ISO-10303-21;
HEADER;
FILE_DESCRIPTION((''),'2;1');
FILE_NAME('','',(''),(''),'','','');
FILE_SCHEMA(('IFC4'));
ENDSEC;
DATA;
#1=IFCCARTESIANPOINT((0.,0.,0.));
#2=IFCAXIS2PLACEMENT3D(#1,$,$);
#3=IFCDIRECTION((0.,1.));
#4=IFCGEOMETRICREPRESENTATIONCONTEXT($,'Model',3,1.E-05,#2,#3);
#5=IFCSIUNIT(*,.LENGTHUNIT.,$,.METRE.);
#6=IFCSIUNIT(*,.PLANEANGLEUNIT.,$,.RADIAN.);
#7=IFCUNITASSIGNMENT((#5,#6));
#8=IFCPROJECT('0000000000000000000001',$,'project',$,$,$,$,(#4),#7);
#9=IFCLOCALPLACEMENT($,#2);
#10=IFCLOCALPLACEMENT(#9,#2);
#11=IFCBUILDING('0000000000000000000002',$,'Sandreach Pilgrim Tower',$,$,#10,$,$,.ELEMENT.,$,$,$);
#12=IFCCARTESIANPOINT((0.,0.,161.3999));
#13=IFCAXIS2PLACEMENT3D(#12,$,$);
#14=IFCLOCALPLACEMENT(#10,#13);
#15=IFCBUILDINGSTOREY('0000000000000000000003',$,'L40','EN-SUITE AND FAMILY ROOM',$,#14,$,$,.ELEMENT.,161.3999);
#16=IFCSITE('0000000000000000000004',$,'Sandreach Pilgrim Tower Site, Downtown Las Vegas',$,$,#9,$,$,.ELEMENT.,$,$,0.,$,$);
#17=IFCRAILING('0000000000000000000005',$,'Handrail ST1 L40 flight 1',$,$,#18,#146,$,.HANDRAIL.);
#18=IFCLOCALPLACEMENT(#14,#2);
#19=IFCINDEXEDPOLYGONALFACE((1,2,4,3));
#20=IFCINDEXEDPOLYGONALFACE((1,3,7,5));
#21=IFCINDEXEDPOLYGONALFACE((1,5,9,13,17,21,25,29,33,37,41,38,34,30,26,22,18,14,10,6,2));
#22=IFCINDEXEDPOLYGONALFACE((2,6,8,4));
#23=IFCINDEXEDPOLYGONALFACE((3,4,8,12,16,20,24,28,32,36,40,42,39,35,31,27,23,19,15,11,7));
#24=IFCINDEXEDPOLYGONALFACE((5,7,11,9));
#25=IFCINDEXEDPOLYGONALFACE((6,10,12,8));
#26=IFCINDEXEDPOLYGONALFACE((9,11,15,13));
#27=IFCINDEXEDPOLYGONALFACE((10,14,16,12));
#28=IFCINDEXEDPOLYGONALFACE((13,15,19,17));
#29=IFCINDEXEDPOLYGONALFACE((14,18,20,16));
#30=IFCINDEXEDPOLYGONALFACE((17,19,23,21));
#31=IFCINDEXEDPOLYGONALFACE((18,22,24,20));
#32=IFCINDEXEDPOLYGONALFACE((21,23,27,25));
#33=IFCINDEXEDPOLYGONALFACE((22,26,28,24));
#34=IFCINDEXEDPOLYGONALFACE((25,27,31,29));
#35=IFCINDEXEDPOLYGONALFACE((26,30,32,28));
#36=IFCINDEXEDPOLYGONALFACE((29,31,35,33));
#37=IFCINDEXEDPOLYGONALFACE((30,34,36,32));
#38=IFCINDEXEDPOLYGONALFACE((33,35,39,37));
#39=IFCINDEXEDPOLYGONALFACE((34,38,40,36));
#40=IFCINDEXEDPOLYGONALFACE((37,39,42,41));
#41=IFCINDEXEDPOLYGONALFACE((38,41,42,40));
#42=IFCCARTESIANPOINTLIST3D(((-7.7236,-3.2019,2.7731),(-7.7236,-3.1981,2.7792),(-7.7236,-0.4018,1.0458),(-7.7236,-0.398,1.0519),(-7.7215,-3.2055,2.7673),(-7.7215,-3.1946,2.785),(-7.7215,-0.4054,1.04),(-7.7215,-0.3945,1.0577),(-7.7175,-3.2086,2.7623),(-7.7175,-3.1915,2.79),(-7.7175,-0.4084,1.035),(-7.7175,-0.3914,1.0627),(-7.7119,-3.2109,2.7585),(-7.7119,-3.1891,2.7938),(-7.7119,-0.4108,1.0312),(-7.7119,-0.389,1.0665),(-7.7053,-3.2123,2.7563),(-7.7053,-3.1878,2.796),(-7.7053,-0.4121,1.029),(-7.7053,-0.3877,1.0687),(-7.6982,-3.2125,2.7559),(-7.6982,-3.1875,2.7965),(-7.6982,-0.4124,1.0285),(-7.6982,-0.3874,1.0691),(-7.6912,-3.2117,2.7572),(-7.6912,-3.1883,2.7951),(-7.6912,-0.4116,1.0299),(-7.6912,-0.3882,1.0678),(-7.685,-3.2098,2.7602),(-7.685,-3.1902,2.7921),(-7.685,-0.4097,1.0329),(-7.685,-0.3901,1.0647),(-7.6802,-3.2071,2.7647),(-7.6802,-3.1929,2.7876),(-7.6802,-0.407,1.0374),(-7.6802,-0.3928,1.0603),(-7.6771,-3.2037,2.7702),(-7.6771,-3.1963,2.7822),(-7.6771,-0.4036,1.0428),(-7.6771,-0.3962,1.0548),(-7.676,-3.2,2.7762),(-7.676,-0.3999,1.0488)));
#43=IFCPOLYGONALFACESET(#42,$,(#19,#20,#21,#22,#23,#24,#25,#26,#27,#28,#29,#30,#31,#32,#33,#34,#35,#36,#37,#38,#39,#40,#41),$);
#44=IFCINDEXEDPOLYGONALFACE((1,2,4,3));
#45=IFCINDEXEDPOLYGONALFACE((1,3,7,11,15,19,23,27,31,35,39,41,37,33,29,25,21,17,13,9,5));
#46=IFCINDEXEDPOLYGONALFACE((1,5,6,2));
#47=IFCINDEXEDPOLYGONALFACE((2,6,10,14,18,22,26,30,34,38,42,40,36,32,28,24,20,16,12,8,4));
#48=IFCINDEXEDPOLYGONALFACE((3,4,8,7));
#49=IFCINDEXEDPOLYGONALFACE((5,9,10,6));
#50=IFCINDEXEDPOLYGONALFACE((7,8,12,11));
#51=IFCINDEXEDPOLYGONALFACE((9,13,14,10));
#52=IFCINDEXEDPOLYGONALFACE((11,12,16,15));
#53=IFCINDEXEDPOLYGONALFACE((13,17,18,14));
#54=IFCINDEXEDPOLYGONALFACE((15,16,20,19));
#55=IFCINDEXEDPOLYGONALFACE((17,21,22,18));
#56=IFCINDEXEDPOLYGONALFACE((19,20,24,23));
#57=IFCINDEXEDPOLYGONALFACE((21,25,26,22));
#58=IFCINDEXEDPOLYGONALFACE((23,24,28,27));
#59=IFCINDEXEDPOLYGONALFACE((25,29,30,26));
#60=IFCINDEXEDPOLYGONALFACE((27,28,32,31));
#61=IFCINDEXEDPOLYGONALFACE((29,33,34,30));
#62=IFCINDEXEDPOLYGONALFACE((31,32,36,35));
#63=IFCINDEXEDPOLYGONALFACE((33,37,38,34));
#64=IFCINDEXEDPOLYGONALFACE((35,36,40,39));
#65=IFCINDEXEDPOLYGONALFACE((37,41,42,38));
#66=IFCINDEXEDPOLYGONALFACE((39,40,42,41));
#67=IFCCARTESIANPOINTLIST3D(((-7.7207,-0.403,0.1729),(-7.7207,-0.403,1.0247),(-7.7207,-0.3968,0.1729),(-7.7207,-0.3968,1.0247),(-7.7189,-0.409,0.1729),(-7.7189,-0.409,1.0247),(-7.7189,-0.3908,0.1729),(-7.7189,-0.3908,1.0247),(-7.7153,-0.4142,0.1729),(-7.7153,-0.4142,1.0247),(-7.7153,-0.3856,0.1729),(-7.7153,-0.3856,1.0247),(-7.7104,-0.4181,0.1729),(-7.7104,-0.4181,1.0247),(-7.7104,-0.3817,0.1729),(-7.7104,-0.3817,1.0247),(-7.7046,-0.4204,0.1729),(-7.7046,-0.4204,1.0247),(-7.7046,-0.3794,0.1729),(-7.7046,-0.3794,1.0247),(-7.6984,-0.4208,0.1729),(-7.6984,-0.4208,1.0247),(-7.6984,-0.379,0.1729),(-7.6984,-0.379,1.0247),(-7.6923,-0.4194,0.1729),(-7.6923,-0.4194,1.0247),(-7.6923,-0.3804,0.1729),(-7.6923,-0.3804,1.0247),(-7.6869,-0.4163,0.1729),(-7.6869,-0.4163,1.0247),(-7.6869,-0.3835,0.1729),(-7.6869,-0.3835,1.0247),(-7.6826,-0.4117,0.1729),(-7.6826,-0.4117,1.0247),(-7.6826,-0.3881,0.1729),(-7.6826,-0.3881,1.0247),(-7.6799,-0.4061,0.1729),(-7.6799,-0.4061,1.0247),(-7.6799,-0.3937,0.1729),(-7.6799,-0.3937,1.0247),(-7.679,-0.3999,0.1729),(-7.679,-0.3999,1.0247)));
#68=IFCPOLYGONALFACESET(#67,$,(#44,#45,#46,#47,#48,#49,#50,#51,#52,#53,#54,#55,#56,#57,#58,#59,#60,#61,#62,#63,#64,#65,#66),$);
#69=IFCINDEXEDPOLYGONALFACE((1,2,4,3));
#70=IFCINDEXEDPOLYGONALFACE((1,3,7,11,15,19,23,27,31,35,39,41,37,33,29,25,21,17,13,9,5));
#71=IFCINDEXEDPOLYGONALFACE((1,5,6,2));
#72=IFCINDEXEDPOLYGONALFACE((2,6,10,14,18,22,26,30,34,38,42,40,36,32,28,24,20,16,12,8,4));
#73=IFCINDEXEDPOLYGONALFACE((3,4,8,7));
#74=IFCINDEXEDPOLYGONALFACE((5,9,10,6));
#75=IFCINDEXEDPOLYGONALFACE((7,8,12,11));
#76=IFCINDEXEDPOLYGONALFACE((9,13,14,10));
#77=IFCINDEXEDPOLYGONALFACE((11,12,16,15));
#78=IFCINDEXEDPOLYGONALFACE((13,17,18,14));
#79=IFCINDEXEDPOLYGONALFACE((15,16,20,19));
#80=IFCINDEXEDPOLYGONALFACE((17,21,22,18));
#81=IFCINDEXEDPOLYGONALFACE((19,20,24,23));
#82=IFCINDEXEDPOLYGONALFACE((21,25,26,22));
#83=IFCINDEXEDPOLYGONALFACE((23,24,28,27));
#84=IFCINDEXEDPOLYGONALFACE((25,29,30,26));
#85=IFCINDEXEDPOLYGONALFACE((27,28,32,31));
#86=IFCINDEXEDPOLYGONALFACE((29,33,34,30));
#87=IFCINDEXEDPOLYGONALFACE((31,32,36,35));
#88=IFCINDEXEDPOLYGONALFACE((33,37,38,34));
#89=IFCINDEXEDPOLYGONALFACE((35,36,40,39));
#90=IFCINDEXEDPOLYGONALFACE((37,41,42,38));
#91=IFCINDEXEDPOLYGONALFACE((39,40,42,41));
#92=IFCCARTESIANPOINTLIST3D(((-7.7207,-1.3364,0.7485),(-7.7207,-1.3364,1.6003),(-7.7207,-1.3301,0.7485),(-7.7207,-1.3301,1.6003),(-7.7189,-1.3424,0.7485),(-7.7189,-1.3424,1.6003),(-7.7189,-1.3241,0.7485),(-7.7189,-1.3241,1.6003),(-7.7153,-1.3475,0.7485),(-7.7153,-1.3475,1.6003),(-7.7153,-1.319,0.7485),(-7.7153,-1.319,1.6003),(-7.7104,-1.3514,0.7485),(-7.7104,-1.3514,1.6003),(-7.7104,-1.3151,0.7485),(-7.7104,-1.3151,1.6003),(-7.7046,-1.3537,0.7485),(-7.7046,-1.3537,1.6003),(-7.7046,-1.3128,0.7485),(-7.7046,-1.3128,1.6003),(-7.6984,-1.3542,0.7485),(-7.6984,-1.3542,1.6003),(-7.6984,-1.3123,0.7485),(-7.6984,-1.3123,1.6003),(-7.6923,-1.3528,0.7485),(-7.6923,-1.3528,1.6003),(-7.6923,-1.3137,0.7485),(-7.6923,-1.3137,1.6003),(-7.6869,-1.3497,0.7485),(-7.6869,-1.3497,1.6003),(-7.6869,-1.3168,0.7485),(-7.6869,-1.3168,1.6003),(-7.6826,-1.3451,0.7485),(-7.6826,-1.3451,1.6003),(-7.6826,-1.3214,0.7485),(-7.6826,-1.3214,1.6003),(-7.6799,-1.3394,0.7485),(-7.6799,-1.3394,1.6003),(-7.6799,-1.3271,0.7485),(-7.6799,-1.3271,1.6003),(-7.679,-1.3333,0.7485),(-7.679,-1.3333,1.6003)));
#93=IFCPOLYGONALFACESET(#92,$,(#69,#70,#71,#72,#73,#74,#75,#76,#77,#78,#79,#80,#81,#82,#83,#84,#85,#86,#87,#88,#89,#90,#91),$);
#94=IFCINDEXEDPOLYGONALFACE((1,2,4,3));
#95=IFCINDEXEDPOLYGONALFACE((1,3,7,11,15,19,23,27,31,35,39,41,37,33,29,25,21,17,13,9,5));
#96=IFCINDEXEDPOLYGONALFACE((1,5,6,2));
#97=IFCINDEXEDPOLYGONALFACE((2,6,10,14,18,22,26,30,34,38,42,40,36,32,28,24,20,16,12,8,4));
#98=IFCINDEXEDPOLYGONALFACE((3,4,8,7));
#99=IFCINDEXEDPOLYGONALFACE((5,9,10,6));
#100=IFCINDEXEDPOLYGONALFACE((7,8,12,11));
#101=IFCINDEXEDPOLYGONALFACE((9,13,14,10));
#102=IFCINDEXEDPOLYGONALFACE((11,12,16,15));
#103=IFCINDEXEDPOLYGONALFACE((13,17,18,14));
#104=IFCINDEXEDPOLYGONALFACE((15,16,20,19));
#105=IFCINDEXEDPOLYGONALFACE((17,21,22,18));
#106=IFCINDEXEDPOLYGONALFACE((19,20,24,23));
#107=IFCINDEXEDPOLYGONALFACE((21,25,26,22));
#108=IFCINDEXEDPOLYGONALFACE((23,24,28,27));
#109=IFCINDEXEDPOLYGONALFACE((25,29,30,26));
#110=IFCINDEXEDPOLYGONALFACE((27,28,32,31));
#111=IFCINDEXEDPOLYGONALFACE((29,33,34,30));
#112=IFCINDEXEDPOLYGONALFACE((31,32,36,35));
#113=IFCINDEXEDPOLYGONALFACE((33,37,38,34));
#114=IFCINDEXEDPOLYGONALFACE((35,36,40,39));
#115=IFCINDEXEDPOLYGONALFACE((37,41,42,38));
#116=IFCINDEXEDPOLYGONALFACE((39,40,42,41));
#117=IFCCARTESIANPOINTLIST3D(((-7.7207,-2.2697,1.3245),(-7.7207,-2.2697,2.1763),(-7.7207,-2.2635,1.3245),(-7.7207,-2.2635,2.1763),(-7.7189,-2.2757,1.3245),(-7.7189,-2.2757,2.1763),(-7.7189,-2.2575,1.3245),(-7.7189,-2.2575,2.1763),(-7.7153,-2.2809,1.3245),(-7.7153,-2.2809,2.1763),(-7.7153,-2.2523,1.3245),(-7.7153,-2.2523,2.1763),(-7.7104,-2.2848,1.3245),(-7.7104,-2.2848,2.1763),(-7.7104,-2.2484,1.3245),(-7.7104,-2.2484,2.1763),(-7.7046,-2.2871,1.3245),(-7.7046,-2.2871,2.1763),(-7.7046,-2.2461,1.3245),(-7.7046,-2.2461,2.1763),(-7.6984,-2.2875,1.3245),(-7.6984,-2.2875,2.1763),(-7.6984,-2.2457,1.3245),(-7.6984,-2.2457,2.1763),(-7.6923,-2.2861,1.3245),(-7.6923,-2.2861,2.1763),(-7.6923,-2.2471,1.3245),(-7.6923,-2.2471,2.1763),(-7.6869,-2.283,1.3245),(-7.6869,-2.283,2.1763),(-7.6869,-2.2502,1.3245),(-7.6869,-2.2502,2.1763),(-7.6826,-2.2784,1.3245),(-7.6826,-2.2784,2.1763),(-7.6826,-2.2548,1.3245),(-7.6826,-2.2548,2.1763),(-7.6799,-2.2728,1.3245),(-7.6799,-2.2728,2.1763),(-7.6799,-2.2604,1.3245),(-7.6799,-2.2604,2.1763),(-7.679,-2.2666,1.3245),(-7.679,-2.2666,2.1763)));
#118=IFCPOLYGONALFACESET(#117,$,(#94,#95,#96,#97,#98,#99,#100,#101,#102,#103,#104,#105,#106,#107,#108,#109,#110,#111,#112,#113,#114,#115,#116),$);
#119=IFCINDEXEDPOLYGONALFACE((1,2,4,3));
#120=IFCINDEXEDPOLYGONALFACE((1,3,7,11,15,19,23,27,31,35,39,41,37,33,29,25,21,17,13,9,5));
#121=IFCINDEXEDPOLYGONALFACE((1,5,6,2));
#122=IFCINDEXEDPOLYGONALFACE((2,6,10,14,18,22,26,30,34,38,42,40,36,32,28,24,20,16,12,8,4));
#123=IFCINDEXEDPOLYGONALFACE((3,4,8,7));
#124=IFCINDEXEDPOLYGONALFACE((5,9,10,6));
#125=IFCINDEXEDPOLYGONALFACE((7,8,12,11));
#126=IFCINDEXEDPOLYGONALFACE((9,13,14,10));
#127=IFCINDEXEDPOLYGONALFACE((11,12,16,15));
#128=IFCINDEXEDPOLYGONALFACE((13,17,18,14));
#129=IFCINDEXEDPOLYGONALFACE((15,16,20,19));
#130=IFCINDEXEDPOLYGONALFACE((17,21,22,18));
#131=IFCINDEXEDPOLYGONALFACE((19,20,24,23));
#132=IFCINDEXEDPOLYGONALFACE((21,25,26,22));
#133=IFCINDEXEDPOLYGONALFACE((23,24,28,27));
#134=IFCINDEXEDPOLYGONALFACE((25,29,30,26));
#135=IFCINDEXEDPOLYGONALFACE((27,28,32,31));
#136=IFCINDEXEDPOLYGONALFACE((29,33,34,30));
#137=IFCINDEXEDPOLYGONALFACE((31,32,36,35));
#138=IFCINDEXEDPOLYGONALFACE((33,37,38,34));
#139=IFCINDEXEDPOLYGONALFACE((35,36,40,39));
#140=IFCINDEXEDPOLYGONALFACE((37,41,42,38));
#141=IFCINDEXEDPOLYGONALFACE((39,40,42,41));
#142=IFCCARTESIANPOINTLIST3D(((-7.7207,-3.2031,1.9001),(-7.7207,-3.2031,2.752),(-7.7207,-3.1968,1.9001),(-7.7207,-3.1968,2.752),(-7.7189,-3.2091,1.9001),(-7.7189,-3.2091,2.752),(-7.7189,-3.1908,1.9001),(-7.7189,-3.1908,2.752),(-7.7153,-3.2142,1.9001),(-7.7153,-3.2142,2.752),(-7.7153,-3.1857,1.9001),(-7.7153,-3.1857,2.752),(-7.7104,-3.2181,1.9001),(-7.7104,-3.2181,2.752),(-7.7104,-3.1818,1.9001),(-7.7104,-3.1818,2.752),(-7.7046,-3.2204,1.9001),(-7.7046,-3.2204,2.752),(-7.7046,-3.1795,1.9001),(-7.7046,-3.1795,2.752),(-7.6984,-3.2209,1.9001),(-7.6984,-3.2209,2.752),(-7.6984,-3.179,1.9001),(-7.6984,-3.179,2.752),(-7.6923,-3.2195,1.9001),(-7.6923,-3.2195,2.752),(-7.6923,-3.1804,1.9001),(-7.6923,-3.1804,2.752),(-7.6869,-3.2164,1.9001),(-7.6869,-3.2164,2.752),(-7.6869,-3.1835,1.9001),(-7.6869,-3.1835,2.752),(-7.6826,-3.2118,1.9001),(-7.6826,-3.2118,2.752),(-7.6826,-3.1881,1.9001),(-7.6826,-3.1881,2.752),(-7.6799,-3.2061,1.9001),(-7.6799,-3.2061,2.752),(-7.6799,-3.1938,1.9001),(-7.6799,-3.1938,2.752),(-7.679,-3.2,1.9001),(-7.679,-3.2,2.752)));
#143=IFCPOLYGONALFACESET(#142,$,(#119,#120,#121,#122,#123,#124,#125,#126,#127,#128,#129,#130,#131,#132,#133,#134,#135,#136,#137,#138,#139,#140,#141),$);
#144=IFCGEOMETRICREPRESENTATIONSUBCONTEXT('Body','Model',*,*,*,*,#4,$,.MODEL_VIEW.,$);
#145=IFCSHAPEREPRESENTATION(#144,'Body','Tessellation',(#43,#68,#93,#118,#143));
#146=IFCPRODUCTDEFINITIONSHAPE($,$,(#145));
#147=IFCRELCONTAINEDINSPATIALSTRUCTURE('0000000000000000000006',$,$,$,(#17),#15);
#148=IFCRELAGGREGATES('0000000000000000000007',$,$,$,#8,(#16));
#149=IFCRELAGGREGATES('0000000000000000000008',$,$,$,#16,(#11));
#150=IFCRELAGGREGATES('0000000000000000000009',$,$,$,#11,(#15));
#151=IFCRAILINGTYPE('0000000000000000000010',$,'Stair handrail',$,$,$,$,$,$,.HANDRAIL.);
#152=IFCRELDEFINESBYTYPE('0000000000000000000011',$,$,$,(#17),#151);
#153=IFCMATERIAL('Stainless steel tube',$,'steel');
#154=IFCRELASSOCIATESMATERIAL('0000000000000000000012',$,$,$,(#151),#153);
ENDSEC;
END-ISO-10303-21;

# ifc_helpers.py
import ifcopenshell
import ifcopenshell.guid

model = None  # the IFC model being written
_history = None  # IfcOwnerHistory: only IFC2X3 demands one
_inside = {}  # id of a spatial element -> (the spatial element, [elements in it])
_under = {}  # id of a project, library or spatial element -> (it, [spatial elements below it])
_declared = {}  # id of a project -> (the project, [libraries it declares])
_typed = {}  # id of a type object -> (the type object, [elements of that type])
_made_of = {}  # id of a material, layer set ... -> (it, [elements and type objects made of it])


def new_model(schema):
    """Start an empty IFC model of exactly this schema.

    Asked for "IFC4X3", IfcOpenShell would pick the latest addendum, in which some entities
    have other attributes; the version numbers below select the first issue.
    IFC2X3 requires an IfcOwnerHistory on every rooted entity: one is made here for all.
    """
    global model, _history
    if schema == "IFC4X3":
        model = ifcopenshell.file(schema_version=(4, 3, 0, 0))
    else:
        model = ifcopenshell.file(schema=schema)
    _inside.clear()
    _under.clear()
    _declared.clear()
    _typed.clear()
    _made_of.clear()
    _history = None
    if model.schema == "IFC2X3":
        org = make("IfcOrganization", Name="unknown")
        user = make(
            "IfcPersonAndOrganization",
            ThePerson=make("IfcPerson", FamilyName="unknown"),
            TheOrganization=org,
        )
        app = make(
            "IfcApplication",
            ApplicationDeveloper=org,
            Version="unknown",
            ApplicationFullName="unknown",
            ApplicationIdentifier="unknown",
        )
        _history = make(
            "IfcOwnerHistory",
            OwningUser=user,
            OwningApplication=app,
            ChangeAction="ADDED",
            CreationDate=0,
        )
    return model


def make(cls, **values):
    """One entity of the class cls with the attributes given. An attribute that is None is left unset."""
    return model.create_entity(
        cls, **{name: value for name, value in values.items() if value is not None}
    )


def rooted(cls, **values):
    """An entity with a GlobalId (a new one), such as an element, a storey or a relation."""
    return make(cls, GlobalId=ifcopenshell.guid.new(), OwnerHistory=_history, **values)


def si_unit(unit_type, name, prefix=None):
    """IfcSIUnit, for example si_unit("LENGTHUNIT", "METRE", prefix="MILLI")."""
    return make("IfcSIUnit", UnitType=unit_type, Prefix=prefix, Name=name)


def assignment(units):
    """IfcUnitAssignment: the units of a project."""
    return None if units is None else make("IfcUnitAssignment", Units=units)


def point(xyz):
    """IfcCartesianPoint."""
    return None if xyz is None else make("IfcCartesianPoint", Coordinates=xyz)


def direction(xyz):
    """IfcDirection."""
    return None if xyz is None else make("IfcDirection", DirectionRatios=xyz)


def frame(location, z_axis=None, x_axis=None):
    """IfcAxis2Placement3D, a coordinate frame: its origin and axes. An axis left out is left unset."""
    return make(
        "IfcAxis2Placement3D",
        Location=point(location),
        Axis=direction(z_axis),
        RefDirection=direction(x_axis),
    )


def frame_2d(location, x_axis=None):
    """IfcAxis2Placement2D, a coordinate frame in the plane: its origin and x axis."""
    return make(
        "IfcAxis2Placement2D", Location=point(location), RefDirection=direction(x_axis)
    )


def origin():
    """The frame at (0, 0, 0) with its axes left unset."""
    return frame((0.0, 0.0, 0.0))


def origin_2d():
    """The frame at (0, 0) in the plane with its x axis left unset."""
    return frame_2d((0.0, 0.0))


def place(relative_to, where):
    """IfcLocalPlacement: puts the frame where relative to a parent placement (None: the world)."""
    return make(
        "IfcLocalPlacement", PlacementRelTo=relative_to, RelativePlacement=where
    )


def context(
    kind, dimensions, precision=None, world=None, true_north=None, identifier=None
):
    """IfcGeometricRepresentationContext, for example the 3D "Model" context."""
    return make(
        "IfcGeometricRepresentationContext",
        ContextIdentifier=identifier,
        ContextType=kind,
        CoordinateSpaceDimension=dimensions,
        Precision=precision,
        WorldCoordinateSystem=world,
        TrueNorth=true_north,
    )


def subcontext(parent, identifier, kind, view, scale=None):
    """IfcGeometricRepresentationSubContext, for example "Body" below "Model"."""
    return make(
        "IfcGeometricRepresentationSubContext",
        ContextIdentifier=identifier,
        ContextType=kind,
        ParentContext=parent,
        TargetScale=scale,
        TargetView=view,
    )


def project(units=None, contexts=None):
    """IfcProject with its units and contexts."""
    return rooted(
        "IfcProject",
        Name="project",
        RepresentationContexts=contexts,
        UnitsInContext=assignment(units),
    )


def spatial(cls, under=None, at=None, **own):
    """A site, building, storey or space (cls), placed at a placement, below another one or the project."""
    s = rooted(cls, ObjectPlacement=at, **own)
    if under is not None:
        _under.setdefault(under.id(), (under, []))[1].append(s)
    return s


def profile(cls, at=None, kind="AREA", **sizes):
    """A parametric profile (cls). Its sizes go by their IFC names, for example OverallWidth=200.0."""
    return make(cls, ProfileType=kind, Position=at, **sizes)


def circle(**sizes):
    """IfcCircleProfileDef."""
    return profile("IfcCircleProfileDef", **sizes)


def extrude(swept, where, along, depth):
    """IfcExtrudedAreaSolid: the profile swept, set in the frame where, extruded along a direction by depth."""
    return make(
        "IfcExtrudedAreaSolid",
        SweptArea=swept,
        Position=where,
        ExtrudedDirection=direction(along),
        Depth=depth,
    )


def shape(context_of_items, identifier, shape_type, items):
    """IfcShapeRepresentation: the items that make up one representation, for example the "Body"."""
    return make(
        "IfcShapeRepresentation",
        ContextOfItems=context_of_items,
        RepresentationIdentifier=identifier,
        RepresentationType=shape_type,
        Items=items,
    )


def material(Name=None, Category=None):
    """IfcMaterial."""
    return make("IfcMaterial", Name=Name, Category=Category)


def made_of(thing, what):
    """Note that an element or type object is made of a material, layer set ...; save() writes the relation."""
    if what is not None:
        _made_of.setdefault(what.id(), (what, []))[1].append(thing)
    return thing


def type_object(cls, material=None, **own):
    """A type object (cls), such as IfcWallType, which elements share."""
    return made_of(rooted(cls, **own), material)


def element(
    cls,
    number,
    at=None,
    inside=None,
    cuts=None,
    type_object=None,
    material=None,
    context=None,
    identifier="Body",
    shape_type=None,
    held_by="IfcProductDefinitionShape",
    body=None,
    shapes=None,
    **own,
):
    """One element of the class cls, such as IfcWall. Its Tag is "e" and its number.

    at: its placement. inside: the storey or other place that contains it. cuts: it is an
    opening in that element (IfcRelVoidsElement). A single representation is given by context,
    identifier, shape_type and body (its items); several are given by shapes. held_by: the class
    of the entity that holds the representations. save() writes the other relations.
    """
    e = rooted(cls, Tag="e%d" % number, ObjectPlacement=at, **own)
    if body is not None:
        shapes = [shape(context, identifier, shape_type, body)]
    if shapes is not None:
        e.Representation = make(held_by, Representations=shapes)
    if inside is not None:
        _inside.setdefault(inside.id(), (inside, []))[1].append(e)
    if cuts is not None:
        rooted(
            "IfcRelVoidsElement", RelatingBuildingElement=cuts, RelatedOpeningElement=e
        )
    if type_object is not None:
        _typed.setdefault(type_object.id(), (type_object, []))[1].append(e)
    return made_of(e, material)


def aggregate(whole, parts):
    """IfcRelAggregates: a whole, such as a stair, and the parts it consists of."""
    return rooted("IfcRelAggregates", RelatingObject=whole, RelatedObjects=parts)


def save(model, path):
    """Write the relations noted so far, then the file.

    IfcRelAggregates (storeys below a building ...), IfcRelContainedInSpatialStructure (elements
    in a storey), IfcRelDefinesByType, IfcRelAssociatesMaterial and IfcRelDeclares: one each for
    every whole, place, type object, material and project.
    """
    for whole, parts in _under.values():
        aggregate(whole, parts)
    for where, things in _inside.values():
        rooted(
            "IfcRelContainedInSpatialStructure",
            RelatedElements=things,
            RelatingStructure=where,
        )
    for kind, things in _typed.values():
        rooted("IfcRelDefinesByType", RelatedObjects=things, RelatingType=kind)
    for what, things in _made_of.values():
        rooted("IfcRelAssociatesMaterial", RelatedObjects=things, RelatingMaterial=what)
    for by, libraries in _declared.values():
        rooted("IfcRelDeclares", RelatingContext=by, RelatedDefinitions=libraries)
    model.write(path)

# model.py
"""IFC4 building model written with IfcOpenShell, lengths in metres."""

from ifc_helpers import new_model, si_unit, direction, frame, origin, origin_2d, place, context, subcontext, project, spatial, circle, extrude, material, type_object, element, save


model = new_model("IFC4")

# Units and contexts
model_context = context("Model", 3, precision=1e-05, world=origin(), true_north=direction((0.0, 1.0)))
body_context = subcontext(model_context, "Body", "Model", "MODEL_VIEW")
ifc_project = project(units=[si_unit("LENGTHUNIT", "METRE"), si_unit("PLANEANGLEUNIT", "RADIAN")], contexts=[model_context])

# Site, building, storey
site_placement = place(None, origin())
site = spatial("IfcSite", under=ifc_project, at=site_placement, Name="Sandreach Pilgrim Tower Site, Downtown Las Vegas", CompositionType="ELEMENT", RefElevation=0.0)
building_placement = place(site_placement, origin())
building = spatial("IfcBuilding", under=site, at=building_placement, Name="Sandreach Pilgrim Tower", CompositionType="ELEMENT")
storey_placement = place(building_placement, frame((0.0, 0.0, 161.3999)))
storey = spatial("IfcBuildingStorey", under=building, at=storey_placement, Name="L40", Description="EN-SUITE AND FAMILY ROOM", CompositionType="ELEMENT", Elevation=161.3999)

# Railing
ifc_material_1 = material(Name="Stainless steel tube", Category="steel")
railing_type = type_object("IfcRailingType", Name="Stair handrail", PredefinedType="HANDRAIL", material=ifc_material_1)
railing_placement = place(storey_placement, frame((-7.7, -0.3999, 0.1729)))
element("IfcRailing", 1, at=railing_placement, inside=storey, type_object=railing_type, Name="Handrail ST1 L40 flight 1", PredefinedType="HANDRAIL", context=body_context, shape_type="SweptSolid", body=[
    extrude(circle(Radius=0.0239, at=origin_2d()), frame((0.0, 0.0, 0.876), z_axis=(0.0, -0.85109, 0.52502), x_axis=(1.0, 0.0, 0.0)), (0.0, 0.0, 1.0), 3.29),
    extrude(circle(Radius=0.021, at=origin_2d()), origin(), (0.0, 0.0, 1.0), 0.8518),
    extrude(circle(Radius=0.021, at=origin_2d()), frame((0.0, -0.9333, 0.5757)), (0.0, 0.0, 1.0), 0.8518),
    extrude(circle(Radius=0.021, at=origin_2d()), frame((0.0, -1.8667, 1.1516)), (0.0, 0.0, 1.0), 0.8518),
    extrude(circle(Radius=0.021, at=origin_2d()), frame((0.0, -2.8, 1.7273)), (0.0, 0.0, 1.0), 0.8518),
])

save(model, "model.ifc")
